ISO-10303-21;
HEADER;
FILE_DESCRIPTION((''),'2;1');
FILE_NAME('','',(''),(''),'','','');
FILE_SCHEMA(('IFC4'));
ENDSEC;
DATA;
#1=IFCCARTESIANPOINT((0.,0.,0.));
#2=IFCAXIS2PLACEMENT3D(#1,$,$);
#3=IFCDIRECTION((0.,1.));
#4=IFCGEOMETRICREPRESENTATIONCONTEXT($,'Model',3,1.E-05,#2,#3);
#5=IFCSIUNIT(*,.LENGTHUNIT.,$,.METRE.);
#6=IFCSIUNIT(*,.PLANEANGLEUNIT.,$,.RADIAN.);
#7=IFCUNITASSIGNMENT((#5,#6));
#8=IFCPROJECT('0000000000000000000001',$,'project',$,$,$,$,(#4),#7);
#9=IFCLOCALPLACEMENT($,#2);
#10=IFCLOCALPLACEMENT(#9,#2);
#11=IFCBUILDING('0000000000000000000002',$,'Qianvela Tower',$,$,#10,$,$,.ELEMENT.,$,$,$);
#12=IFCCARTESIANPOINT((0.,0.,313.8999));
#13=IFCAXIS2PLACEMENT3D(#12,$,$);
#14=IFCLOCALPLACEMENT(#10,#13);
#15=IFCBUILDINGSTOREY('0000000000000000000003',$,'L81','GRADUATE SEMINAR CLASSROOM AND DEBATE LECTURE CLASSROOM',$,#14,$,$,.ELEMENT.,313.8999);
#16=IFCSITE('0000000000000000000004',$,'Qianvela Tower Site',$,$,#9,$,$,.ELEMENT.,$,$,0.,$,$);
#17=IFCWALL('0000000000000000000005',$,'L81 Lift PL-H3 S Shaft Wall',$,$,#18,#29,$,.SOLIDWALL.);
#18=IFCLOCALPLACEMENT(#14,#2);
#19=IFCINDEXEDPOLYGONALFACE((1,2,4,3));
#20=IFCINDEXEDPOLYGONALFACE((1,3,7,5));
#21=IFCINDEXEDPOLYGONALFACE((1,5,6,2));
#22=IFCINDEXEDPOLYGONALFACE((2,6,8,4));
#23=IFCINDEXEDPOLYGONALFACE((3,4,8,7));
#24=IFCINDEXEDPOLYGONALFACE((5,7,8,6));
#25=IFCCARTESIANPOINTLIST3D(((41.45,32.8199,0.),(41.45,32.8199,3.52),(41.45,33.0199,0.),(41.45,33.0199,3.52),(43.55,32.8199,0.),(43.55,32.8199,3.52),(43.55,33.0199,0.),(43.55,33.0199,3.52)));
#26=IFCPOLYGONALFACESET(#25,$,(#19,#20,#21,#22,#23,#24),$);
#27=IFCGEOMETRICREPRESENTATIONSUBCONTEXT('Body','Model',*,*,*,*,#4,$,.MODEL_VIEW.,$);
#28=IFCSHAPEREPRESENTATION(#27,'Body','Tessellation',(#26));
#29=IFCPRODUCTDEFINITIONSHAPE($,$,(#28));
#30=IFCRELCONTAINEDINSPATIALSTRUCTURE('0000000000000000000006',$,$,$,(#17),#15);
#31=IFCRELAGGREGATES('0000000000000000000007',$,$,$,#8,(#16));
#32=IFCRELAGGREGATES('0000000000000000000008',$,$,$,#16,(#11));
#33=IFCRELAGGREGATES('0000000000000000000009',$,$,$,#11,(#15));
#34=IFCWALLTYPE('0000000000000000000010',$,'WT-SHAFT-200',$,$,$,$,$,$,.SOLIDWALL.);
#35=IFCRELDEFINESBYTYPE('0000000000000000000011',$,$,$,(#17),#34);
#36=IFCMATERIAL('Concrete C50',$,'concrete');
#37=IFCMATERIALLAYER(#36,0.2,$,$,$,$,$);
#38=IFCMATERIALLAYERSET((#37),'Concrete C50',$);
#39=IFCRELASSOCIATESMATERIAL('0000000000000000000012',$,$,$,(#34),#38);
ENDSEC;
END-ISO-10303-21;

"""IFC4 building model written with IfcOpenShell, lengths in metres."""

from ifc_helpers import new_model, si_unit, direction, frame, frame_2d, origin, place, context, subcontext, project, spatial, rectangle, extrude, material, layer, layer_set, type_object, element, save


model = new_model("IFC4")

# Units and contexts
model_context = context("Model", 3, precision=1e-05, world=origin(), true_north=direction((0.0, 1.0)))
body_context = subcontext(model_context, "Body", "Model", "MODEL_VIEW")
ifc_project = project(units=[si_unit("LENGTHUNIT", "METRE"), si_unit("PLANEANGLEUNIT", "RADIAN")], contexts=[model_context])

# Site, building, storey
site_placement = place(None, origin())
site = spatial("IfcSite", under=ifc_project, at=site_placement, Name="Qianvela Tower Site", CompositionType="ELEMENT", RefElevation=0.0)
building_placement = place(site_placement, origin())
building = spatial("IfcBuilding", under=site, at=building_placement, Name="Qianvela Tower", CompositionType="ELEMENT")
storey_placement = place(building_placement, frame((0.0, 0.0, 313.8999)))
storey = spatial("IfcBuildingStorey", under=building, at=storey_placement, Name="L81", Description="GRADUATE SEMINAR CLASSROOM AND DEBATE LECTURE CLASSROOM", CompositionType="ELEMENT", Elevation=313.8999)

# Shared definitions
ifc_material_1 = material(Name="Concrete C50", Category="concrete")
ifc_layer_1 = layer(ifc_material_1, 0.2)
ifc_layer_set_1 = layer_set([ifc_layer_1], Name="Concrete C50")
wall_type_1 = type_object("IfcWallType", Name="WT-SHAFT-200", PredefinedType="SOLIDWALL", material=ifc_layer_set_1)

# Wall
for number, where, z_axis, x_axis, name in (
    (1, (41.45, 32.9199, 0.0), (0.0, 0.0, 1.0), (1.0, 0.0, 0.0), "L81 Lift PL-H3 S Shaft Wall"),
):
    element("IfcWall", number, at=place(storey_placement, frame(where, z_axis=z_axis, x_axis=x_axis)), inside=storey, type_object=wall_type_1, Name=name, PredefinedType="SOLIDWALL", context=body_context, shape_type="SweptSolid", body=[
        extrude(rectangle(XDim=2.1001, YDim=0.2, at=frame_2d((1.05, 0.0))), origin(), (0.0, 0.0, 1.0), 3.52),
    ])

save(model, "model.ifc")
